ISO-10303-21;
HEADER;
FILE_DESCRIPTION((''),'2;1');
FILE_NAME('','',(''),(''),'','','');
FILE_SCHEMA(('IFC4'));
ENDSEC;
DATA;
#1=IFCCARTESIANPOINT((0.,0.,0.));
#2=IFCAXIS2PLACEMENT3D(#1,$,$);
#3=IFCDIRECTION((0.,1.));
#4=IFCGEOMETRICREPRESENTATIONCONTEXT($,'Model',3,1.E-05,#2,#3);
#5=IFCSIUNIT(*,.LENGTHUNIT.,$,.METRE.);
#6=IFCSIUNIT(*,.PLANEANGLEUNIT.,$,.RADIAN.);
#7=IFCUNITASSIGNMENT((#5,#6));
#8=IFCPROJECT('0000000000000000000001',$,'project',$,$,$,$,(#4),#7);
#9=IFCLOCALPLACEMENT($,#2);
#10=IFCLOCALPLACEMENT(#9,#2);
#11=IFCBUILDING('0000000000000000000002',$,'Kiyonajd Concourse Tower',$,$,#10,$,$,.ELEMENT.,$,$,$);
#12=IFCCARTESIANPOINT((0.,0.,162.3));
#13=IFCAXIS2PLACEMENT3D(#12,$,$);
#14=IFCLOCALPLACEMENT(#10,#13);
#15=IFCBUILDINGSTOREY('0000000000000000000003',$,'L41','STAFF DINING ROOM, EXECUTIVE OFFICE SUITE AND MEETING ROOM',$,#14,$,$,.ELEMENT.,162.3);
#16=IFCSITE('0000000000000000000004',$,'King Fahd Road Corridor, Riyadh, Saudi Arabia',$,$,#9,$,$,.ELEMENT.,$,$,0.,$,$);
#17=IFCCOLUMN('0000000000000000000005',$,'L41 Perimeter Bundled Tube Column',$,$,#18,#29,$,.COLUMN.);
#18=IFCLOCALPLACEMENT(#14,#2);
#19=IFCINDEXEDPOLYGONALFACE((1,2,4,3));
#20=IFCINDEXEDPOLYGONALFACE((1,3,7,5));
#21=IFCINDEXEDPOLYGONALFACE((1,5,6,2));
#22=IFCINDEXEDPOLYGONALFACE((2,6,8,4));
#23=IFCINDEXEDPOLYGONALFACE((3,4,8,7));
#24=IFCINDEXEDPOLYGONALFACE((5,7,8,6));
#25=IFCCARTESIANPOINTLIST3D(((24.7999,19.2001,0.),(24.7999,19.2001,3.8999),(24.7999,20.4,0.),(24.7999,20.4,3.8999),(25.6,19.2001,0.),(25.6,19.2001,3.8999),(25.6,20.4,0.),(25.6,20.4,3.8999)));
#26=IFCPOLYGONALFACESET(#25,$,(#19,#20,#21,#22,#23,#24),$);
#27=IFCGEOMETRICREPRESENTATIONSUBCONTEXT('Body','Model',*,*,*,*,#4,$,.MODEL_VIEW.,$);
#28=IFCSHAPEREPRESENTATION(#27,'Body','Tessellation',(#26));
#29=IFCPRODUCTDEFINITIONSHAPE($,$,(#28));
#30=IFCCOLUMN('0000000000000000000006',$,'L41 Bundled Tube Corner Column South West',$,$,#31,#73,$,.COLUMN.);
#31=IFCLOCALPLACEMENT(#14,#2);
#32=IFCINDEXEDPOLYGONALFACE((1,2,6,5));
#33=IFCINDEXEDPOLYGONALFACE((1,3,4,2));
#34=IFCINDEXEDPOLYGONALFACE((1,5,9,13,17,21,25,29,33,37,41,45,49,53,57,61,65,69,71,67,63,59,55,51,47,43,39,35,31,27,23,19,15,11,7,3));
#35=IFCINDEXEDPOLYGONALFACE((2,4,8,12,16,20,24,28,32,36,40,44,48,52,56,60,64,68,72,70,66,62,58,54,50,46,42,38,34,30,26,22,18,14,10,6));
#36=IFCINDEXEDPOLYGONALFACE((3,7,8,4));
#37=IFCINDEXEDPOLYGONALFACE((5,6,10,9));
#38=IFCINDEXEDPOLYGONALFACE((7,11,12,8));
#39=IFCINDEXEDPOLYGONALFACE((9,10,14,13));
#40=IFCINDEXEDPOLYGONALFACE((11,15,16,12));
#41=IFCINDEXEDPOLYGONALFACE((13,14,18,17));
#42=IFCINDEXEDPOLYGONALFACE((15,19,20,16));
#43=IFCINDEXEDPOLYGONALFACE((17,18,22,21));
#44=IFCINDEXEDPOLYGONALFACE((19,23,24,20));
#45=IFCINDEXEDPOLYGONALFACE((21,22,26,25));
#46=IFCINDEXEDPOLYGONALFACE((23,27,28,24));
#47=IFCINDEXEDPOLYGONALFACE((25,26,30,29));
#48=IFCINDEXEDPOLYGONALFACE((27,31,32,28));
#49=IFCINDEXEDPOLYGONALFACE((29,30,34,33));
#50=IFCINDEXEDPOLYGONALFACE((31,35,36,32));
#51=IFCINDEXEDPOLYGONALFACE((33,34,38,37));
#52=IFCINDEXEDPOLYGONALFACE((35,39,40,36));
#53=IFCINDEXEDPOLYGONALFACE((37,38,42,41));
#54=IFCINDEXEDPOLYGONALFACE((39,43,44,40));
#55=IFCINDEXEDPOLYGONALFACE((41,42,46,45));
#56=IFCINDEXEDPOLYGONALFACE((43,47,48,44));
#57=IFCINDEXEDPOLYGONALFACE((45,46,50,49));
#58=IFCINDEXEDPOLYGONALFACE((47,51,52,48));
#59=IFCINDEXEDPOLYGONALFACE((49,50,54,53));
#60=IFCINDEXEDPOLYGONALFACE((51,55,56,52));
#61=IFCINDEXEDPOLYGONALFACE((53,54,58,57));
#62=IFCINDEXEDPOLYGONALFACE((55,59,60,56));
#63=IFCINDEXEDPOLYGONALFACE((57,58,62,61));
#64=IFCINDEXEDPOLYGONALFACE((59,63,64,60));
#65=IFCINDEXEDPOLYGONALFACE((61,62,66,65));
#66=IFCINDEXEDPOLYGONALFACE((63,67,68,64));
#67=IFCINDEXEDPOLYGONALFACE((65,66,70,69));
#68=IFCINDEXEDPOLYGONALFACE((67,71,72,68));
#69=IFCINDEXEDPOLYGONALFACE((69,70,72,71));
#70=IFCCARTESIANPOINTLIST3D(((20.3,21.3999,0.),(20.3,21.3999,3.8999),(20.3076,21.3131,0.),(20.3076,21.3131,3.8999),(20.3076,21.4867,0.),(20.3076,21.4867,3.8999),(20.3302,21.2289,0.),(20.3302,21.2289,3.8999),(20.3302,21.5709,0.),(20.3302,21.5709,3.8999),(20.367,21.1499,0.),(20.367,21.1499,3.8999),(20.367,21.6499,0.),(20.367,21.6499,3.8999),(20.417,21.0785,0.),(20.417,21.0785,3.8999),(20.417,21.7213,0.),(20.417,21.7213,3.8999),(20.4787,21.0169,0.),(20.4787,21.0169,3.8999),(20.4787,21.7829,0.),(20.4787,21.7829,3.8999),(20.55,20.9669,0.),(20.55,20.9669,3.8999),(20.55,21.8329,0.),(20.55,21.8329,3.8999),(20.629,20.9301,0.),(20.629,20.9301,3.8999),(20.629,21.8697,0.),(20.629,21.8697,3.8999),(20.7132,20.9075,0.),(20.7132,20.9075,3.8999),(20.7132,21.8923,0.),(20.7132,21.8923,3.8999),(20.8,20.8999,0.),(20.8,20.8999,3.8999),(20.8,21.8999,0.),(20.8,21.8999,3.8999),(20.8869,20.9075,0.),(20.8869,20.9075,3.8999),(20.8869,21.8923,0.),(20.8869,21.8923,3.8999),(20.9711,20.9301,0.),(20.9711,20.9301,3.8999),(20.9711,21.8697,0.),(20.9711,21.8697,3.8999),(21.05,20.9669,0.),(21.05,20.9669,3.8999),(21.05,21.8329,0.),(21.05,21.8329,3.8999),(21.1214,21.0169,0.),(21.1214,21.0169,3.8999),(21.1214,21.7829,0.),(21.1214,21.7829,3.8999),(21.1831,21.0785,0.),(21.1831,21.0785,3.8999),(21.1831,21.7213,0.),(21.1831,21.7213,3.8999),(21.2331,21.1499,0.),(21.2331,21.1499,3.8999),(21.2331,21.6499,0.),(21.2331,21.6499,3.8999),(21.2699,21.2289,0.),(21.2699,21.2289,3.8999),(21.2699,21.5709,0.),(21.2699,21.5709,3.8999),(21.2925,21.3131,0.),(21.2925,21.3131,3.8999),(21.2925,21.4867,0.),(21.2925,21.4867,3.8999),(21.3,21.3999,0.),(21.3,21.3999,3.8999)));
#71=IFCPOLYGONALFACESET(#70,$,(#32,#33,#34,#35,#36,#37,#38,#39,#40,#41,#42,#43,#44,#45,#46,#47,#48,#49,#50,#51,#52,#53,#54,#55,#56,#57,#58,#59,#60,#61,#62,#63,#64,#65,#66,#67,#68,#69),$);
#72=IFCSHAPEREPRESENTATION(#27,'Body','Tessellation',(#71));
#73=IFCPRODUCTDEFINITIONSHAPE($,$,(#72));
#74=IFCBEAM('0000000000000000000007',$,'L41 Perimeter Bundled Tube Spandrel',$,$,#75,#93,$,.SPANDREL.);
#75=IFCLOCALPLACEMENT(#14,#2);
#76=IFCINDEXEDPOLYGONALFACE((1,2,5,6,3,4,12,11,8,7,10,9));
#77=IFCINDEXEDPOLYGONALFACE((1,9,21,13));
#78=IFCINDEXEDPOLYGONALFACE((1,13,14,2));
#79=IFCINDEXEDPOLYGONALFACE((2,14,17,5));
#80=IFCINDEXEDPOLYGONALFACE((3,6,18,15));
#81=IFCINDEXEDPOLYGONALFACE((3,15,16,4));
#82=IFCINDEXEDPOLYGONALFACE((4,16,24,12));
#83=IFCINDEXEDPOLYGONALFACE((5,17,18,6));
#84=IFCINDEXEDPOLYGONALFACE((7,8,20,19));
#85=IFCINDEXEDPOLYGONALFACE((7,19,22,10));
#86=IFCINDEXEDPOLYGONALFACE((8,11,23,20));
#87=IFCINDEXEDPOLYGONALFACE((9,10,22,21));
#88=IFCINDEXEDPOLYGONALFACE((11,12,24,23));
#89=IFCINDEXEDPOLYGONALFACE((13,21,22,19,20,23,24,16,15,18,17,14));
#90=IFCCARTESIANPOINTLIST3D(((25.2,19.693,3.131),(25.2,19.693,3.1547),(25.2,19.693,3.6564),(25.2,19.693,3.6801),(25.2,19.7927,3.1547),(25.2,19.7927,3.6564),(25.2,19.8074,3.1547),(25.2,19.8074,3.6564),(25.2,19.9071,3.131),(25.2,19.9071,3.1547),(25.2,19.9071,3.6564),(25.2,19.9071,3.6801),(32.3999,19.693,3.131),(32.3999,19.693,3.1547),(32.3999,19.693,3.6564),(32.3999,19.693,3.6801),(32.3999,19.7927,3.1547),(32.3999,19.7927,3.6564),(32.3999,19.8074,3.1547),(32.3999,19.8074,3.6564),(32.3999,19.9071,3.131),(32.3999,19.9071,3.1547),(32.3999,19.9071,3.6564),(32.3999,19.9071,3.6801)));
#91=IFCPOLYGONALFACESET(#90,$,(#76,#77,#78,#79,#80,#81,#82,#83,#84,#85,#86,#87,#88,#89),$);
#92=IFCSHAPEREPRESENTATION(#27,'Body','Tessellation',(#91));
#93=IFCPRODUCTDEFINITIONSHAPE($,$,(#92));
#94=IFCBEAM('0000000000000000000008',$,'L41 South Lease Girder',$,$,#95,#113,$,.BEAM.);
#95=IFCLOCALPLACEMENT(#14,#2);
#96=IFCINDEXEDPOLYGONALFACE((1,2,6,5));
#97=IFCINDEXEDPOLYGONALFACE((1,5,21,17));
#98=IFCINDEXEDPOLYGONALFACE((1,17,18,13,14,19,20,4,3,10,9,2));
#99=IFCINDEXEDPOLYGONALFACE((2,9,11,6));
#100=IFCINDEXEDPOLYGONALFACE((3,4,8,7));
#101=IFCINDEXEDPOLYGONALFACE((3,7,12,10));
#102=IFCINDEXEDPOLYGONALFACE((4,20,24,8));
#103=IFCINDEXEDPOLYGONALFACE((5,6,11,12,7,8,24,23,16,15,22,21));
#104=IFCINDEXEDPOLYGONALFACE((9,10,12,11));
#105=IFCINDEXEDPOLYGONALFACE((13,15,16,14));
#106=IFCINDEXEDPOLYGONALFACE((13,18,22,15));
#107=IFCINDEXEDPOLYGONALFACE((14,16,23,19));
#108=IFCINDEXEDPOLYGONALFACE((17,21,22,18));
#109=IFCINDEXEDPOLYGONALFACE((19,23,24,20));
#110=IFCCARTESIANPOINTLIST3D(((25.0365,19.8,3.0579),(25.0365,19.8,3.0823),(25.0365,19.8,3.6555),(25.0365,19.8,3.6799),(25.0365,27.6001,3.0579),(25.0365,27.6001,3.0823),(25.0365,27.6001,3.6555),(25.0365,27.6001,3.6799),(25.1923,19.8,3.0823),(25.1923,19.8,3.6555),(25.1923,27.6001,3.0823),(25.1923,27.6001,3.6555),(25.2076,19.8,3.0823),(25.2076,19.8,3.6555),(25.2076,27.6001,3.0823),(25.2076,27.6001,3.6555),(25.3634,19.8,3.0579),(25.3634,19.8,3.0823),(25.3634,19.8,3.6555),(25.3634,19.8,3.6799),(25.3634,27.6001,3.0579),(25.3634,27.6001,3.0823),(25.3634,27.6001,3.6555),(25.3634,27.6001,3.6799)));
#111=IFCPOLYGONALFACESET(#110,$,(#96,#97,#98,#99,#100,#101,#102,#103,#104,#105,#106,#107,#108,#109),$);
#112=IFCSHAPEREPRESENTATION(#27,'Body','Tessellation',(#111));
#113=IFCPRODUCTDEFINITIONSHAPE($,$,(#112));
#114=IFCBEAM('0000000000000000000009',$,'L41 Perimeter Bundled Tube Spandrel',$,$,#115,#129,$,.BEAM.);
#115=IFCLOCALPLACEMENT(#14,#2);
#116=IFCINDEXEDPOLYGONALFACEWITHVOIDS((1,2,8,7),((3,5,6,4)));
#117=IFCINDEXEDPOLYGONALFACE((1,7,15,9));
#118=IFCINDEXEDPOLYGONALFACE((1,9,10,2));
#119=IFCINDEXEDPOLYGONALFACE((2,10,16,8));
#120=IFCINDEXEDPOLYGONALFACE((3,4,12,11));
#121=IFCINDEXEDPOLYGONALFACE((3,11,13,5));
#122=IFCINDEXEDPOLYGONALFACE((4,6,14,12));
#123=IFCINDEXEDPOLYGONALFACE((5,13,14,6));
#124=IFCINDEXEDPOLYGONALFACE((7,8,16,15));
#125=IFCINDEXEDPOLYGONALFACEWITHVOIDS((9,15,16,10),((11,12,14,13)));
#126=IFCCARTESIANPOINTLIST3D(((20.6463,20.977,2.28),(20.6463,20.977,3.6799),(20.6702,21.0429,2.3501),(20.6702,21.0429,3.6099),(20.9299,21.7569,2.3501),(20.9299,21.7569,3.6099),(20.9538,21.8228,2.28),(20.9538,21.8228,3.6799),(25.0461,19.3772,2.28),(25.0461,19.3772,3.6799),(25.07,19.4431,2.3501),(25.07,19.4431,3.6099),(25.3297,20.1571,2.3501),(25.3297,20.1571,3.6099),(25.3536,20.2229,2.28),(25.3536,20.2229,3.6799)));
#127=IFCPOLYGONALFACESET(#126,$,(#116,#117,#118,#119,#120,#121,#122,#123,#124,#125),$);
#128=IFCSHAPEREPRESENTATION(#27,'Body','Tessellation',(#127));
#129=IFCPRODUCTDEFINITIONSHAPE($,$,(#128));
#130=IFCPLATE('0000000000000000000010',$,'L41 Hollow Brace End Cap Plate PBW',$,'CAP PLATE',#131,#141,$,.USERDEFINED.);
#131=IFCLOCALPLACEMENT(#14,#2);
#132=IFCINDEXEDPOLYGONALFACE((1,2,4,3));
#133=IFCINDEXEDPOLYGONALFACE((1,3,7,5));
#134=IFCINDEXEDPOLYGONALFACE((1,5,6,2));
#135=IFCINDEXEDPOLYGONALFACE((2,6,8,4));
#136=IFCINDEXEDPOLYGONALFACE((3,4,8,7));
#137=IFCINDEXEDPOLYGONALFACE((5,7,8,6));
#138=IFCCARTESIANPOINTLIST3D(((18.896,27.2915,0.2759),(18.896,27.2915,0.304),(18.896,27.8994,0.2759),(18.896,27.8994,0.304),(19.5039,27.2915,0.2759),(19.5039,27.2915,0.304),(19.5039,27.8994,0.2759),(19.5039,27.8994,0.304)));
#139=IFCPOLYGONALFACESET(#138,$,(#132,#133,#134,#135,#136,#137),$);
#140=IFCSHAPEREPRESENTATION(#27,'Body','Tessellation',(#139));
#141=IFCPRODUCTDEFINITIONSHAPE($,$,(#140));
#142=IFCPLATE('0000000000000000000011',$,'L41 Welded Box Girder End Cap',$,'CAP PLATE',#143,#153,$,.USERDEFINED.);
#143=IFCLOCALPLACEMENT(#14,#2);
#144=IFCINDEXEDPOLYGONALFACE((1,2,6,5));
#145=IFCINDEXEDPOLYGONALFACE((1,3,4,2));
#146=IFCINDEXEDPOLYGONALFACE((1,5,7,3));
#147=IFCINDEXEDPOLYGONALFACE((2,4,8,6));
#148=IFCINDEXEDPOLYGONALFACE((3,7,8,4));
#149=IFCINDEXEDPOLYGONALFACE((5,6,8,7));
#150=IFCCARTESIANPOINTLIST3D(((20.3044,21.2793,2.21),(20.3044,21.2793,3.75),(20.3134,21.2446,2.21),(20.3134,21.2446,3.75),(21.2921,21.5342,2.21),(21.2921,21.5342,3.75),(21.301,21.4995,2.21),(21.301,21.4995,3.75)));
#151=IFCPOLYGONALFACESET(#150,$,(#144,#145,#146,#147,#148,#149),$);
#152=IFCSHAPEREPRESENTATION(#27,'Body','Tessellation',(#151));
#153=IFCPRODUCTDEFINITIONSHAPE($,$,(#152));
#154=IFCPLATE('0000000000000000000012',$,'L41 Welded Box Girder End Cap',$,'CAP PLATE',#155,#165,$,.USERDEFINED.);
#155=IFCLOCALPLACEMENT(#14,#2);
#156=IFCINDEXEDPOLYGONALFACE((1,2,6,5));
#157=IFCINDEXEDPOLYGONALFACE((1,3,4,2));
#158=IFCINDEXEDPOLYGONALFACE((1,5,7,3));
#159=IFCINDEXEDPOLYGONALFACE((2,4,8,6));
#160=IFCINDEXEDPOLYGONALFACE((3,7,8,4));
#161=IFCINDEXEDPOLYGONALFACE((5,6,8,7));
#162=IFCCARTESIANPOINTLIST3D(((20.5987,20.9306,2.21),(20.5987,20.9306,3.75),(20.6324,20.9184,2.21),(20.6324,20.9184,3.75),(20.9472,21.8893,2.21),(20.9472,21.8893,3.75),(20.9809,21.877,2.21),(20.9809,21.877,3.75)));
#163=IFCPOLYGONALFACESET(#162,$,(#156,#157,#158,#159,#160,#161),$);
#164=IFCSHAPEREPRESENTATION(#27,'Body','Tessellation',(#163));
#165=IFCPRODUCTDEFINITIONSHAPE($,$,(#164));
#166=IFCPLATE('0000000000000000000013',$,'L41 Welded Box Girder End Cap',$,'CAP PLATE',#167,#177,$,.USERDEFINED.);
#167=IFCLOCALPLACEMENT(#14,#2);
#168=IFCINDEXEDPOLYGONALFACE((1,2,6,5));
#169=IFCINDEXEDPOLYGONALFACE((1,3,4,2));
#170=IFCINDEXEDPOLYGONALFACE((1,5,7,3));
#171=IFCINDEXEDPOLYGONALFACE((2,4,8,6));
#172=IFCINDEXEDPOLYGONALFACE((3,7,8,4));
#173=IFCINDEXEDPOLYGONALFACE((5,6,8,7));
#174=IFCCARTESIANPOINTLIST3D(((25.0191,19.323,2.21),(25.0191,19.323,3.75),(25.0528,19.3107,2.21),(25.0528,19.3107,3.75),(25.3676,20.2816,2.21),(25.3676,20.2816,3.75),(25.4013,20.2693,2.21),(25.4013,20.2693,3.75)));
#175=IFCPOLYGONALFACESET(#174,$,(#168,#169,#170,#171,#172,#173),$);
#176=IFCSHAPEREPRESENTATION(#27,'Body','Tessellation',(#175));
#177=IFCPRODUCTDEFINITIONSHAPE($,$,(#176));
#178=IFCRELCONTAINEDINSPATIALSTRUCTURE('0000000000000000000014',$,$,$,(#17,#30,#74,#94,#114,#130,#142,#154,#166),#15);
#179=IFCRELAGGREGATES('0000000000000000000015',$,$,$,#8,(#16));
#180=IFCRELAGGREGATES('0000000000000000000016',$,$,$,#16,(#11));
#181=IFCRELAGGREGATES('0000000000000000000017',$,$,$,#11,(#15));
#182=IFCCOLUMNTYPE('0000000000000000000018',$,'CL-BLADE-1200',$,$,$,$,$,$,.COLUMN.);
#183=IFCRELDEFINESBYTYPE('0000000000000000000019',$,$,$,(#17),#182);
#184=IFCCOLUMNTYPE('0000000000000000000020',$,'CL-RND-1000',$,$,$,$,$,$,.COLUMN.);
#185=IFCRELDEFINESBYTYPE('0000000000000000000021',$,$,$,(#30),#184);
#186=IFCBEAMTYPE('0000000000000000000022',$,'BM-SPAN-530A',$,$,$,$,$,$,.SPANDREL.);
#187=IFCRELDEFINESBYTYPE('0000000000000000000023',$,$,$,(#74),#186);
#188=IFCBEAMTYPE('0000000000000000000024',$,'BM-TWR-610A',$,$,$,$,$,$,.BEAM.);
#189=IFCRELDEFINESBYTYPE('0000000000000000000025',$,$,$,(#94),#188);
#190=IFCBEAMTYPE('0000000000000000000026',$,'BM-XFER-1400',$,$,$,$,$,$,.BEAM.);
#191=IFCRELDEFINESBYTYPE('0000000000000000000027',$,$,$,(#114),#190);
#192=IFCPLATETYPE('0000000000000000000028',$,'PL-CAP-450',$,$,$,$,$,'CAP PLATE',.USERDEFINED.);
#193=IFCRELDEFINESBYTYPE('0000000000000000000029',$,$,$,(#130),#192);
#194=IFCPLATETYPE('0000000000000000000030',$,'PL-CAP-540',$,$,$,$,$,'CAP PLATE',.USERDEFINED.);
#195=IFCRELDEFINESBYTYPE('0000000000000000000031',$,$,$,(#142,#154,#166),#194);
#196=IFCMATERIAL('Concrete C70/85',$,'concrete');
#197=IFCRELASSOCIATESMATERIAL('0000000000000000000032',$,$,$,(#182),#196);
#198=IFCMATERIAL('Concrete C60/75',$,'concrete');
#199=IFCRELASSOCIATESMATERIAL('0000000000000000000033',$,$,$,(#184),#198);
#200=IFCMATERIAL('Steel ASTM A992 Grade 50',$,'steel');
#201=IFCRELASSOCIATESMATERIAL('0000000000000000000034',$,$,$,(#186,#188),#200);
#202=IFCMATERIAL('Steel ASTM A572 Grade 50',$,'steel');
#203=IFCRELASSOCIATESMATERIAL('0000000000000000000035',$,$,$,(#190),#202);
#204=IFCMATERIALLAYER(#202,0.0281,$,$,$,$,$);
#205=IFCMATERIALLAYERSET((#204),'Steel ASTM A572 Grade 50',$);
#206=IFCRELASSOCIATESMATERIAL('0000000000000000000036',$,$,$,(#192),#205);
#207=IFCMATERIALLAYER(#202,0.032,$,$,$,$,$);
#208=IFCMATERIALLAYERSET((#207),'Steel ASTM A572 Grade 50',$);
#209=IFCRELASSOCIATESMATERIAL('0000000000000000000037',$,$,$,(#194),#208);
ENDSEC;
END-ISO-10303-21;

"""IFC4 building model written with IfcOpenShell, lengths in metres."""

from ifc_helpers import new_model, si_unit, direction, frame, origin, origin_2d, place, context, subcontext, project, spatial, rectangle, hollow_rectangle, circle, i_section, extrude, material, layer, layer_set, material_profile, profile_set, type_object, element, save


model = new_model("IFC4")

# Units and contexts
model_context = context("Model", 3, precision=1e-05, world=origin(), true_north=direction((0.0, 1.0)))
body_context = subcontext(model_context, "Body", "Model", "MODEL_VIEW")
ifc_project = project(units=[si_unit("LENGTHUNIT", "METRE"), si_unit("PLANEANGLEUNIT", "RADIAN")], contexts=[model_context])

# Site, building, storey
site_placement = place(None, origin())
site = spatial("IfcSite", under=ifc_project, at=site_placement, Name="King Fahd Road Corridor, Riyadh, Saudi Arabia", CompositionType="ELEMENT", RefElevation=0.0)
building_placement = place(site_placement, origin())
building = spatial("IfcBuilding", under=site, at=building_placement, Name="Kiyonajd Concourse Tower", CompositionType="ELEMENT")
storey_placement = place(building_placement, frame((0.0, 0.0, 162.3)))
storey = spatial("IfcBuildingStorey", under=building, at=storey_placement, Name="L41", Description="STAFF DINING ROOM, EXECUTIVE OFFICE SUITE AND MEETING ROOM", CompositionType="ELEMENT", Elevation=162.3)

# Columns
ifc_material_1 = material(Name="Concrete C70/85", Category="concrete")
ifc_material_profile_1 = material_profile(ifc_material_1, rectangle(XDim=0.8, YDim=1.2, at=origin_2d()), Name="RC-1200x800")
ifc_profile_set_1 = profile_set([ifc_material_profile_1], Name="Concrete C70/85")
column_type_1 = type_object("IfcColumnType", Name="CL-BLADE-1200", PredefinedType="COLUMN", material=ifc_profile_set_1)
column_1_placement = place(storey_placement, frame((25.2, 19.8, 0.0), z_axis=(0.0, 0.0, 1.0), x_axis=(1.0, 0.0, 0.0)))
element("IfcColumn", 1, at=column_1_placement, inside=storey, type_object=column_type_1, Name="L41 Perimeter Bundled Tube Column", PredefinedType="COLUMN", context=body_context, shape_type="SweptSolid", body=[
    extrude(rectangle(XDim=0.8, YDim=1.2, at=origin_2d()), origin(), (0.0, 0.0, 1.0), 3.8999),
])
ifc_material_2 = material(Name="Concrete C60/75", Category="concrete")
ifc_material_profile_2 = material_profile(ifc_material_2, circle(Radius=0.5, at=origin_2d()), Name="RCC-D1000")
ifc_profile_set_2 = profile_set([ifc_material_profile_2], Name="Concrete C60/75")
column_type_2 = type_object("IfcColumnType", Name="CL-RND-1000", PredefinedType="COLUMN", material=ifc_profile_set_2)
column_2_placement = place(storey_placement, frame((20.8, 21.3999, 0.0), z_axis=(0.0, 0.0, 1.0), x_axis=(1.0, 0.0, 0.0)))
element("IfcColumn", 2, at=column_2_placement, inside=storey, type_object=column_type_2, Name="L41 Bundled Tube Corner Column South West", PredefinedType="COLUMN", context=body_context, shape_type="SweptSolid", body=[
    extrude(circle(Radius=0.5, at=origin_2d()), origin(), (0.0, 0.0, 1.0), 3.8999),
])

# Beams
ifc_material_3 = material(Name="Steel ASTM A992 Grade 50", Category="steel")
ifc_material_profile_3 = material_profile(ifc_material_3, i_section(OverallWidth=0.2141, OverallDepth=0.5491, WebThickness=0.0146, FlangeThickness=0.0237, at=origin_2d()), Name="W530X138")
ifc_profile_set_3 = profile_set([ifc_material_profile_3], Name="Steel ASTM A992 Grade 50")
beam_type_1 = type_object("IfcBeamType", Name="BM-SPAN-530A", PredefinedType="SPANDREL", material=ifc_profile_set_3)
beam_1_placement = place(storey_placement, frame((25.2, 19.8, 3.4055), z_axis=(1.0, 0.0, 0.0), x_axis=(0.0, 1.0, 0.0)))
element("IfcBeam", 3, at=beam_1_placement, inside=storey, type_object=beam_type_1, Name="L41 Perimeter Bundled Tube Spandrel", PredefinedType="SPANDREL", context=body_context, shape_type="SweptSolid", body=[
    extrude(i_section(OverallWidth=0.2141, OverallDepth=0.5491, WebThickness=0.0146, FlangeThickness=0.0237, at=origin_2d()), origin(), (0.0, 0.0, 1.0), 7.2),
])
ifc_material_profile_4 = material_profile(ifc_material_3, i_section(OverallWidth=0.3269, OverallDepth=0.6221, WebThickness=0.0154, FlangeThickness=0.0244, at=origin_2d()), Name="W610X195")
ifc_profile_set_4 = profile_set([ifc_material_profile_4], Name="Steel ASTM A992 Grade 50")
beam_type_2 = type_object("IfcBeamType", Name="BM-TWR-610A", PredefinedType="BEAM", material=ifc_profile_set_4)
beam_2_placement = place(storey_placement, frame((25.2, 19.8, 3.3689), z_axis=(0.0, 1.0, 0.0), x_axis=(-1.0, 0.0, 0.0)))
element("IfcBeam", 4, at=beam_2_placement, inside=storey, type_object=beam_type_2, Name="L41 South Lease Girder", PredefinedType="BEAM", context=body_context, shape_type="SweptSolid", body=[
    extrude(i_section(OverallWidth=0.3269, OverallDepth=0.6221, WebThickness=0.0154, FlangeThickness=0.0244, at=origin_2d()), origin(), (0.0, 0.0, 1.0), 7.8),
])
ifc_material_4 = material(Name="Steel ASTM A572 Grade 50", Category="steel")
ifc_material_profile_5 = material_profile(ifc_material_4, hollow_rectangle(XDim=0.8999, YDim=1.3999, WallThickness=0.0701, at=origin_2d()), Name="BOX-1400x900x70")
ifc_profile_set_5 = profile_set([ifc_material_profile_5], Name="Steel ASTM A572 Grade 50")
beam_type_3 = type_object("IfcBeamType", Name="BM-XFER-1400", PredefinedType="BEAM", material=ifc_profile_set_5)
beam_3_placement = place(storey_placement, frame((20.8, 21.3999, 2.98), z_axis=(0.939801, -0.341722, 0.0), x_axis=(0.341722, 0.939801, 0.0)))
element("IfcBeam", 5, at=beam_3_placement, inside=storey, type_object=beam_type_3, Name="L41 Perimeter Bundled Tube Spandrel", PredefinedType="BEAM", context=body_context, shape_type="SweptSolid", body=[
    extrude(hollow_rectangle(XDim=0.8999, YDim=1.3999, WallThickness=0.0701, at=origin_2d()), origin(), (0.0, 0.0, 1.0), 4.6816),
])

# Plates
ifc_layer_1 = layer(ifc_material_4, 0.0281)
ifc_layer_set_1 = layer_set([ifc_layer_1], Name="Steel ASTM A572 Grade 50")
plate_type_1 = type_object("IfcPlateType", Name="PL-CAP-450", ElementType="CAP PLATE", PredefinedType="USERDEFINED", material=ifc_layer_set_1)
plate_placement = place(storey_placement, frame((19.2, 27.5955, 0.2759), z_axis=(0.0, 0.0, 1.0), x_axis=(1.0, 0.0, 0.0)))
element("IfcPlate", 6, at=plate_placement, inside=storey, type_object=plate_type_1, Name="L41 Hollow Brace End Cap Plate PBW", ObjectType="CAP PLATE", PredefinedType="USERDEFINED", context=body_context, shape_type="SweptSolid", body=[
    extrude(rectangle(XDim=0.6079, YDim=0.6079, at=origin_2d()), origin(), (0.0, 0.0, 1.0), 0.0281),
])
ifc_layer_2 = layer(ifc_material_4, 0.032)
ifc_layer_set_2 = layer_set([ifc_layer_2], Name="Steel ASTM A572 Grade 50")
plate_type_2 = type_object("IfcPlateType", Name="PL-CAP-540", ElementType="CAP PLATE", PredefinedType="USERDEFINED", material=ifc_layer_set_2)
for number, where, z_axis, x_axis, name in (
    (7, (20.8027, 21.3894, 2.21), (0.0, 0.0, 1.0), (0.249873, -0.968279, 0.0), "L41 Welded Box Girder End Cap"),
    (8, (20.7898, 21.4038, 2.21), (0.0, 0.0, 1.0), (-0.939812, 0.341692, 0.0), "L41 Welded Box Girder End Cap"),
    (9, (25.2102, 19.7961, 2.21), (0.0, 0.0, 1.0), (0.939812, -0.341692, 0.0), "L41 Welded Box Girder End Cap"),
):
    element("IfcPlate", number, at=place(storey_placement, frame(where, z_axis=z_axis, x_axis=x_axis)), inside=storey, type_object=plate_type_2, Name=name, ObjectType="CAP PLATE", PredefinedType="USERDEFINED", context=body_context, shape_type="SweptSolid", body=[
        extrude(rectangle(XDim=0.0359, YDim=1.02, at=origin_2d()), origin(), (0.0, 0.0, 1.0), 1.54),
    ])

save(model, "model.ifc")
